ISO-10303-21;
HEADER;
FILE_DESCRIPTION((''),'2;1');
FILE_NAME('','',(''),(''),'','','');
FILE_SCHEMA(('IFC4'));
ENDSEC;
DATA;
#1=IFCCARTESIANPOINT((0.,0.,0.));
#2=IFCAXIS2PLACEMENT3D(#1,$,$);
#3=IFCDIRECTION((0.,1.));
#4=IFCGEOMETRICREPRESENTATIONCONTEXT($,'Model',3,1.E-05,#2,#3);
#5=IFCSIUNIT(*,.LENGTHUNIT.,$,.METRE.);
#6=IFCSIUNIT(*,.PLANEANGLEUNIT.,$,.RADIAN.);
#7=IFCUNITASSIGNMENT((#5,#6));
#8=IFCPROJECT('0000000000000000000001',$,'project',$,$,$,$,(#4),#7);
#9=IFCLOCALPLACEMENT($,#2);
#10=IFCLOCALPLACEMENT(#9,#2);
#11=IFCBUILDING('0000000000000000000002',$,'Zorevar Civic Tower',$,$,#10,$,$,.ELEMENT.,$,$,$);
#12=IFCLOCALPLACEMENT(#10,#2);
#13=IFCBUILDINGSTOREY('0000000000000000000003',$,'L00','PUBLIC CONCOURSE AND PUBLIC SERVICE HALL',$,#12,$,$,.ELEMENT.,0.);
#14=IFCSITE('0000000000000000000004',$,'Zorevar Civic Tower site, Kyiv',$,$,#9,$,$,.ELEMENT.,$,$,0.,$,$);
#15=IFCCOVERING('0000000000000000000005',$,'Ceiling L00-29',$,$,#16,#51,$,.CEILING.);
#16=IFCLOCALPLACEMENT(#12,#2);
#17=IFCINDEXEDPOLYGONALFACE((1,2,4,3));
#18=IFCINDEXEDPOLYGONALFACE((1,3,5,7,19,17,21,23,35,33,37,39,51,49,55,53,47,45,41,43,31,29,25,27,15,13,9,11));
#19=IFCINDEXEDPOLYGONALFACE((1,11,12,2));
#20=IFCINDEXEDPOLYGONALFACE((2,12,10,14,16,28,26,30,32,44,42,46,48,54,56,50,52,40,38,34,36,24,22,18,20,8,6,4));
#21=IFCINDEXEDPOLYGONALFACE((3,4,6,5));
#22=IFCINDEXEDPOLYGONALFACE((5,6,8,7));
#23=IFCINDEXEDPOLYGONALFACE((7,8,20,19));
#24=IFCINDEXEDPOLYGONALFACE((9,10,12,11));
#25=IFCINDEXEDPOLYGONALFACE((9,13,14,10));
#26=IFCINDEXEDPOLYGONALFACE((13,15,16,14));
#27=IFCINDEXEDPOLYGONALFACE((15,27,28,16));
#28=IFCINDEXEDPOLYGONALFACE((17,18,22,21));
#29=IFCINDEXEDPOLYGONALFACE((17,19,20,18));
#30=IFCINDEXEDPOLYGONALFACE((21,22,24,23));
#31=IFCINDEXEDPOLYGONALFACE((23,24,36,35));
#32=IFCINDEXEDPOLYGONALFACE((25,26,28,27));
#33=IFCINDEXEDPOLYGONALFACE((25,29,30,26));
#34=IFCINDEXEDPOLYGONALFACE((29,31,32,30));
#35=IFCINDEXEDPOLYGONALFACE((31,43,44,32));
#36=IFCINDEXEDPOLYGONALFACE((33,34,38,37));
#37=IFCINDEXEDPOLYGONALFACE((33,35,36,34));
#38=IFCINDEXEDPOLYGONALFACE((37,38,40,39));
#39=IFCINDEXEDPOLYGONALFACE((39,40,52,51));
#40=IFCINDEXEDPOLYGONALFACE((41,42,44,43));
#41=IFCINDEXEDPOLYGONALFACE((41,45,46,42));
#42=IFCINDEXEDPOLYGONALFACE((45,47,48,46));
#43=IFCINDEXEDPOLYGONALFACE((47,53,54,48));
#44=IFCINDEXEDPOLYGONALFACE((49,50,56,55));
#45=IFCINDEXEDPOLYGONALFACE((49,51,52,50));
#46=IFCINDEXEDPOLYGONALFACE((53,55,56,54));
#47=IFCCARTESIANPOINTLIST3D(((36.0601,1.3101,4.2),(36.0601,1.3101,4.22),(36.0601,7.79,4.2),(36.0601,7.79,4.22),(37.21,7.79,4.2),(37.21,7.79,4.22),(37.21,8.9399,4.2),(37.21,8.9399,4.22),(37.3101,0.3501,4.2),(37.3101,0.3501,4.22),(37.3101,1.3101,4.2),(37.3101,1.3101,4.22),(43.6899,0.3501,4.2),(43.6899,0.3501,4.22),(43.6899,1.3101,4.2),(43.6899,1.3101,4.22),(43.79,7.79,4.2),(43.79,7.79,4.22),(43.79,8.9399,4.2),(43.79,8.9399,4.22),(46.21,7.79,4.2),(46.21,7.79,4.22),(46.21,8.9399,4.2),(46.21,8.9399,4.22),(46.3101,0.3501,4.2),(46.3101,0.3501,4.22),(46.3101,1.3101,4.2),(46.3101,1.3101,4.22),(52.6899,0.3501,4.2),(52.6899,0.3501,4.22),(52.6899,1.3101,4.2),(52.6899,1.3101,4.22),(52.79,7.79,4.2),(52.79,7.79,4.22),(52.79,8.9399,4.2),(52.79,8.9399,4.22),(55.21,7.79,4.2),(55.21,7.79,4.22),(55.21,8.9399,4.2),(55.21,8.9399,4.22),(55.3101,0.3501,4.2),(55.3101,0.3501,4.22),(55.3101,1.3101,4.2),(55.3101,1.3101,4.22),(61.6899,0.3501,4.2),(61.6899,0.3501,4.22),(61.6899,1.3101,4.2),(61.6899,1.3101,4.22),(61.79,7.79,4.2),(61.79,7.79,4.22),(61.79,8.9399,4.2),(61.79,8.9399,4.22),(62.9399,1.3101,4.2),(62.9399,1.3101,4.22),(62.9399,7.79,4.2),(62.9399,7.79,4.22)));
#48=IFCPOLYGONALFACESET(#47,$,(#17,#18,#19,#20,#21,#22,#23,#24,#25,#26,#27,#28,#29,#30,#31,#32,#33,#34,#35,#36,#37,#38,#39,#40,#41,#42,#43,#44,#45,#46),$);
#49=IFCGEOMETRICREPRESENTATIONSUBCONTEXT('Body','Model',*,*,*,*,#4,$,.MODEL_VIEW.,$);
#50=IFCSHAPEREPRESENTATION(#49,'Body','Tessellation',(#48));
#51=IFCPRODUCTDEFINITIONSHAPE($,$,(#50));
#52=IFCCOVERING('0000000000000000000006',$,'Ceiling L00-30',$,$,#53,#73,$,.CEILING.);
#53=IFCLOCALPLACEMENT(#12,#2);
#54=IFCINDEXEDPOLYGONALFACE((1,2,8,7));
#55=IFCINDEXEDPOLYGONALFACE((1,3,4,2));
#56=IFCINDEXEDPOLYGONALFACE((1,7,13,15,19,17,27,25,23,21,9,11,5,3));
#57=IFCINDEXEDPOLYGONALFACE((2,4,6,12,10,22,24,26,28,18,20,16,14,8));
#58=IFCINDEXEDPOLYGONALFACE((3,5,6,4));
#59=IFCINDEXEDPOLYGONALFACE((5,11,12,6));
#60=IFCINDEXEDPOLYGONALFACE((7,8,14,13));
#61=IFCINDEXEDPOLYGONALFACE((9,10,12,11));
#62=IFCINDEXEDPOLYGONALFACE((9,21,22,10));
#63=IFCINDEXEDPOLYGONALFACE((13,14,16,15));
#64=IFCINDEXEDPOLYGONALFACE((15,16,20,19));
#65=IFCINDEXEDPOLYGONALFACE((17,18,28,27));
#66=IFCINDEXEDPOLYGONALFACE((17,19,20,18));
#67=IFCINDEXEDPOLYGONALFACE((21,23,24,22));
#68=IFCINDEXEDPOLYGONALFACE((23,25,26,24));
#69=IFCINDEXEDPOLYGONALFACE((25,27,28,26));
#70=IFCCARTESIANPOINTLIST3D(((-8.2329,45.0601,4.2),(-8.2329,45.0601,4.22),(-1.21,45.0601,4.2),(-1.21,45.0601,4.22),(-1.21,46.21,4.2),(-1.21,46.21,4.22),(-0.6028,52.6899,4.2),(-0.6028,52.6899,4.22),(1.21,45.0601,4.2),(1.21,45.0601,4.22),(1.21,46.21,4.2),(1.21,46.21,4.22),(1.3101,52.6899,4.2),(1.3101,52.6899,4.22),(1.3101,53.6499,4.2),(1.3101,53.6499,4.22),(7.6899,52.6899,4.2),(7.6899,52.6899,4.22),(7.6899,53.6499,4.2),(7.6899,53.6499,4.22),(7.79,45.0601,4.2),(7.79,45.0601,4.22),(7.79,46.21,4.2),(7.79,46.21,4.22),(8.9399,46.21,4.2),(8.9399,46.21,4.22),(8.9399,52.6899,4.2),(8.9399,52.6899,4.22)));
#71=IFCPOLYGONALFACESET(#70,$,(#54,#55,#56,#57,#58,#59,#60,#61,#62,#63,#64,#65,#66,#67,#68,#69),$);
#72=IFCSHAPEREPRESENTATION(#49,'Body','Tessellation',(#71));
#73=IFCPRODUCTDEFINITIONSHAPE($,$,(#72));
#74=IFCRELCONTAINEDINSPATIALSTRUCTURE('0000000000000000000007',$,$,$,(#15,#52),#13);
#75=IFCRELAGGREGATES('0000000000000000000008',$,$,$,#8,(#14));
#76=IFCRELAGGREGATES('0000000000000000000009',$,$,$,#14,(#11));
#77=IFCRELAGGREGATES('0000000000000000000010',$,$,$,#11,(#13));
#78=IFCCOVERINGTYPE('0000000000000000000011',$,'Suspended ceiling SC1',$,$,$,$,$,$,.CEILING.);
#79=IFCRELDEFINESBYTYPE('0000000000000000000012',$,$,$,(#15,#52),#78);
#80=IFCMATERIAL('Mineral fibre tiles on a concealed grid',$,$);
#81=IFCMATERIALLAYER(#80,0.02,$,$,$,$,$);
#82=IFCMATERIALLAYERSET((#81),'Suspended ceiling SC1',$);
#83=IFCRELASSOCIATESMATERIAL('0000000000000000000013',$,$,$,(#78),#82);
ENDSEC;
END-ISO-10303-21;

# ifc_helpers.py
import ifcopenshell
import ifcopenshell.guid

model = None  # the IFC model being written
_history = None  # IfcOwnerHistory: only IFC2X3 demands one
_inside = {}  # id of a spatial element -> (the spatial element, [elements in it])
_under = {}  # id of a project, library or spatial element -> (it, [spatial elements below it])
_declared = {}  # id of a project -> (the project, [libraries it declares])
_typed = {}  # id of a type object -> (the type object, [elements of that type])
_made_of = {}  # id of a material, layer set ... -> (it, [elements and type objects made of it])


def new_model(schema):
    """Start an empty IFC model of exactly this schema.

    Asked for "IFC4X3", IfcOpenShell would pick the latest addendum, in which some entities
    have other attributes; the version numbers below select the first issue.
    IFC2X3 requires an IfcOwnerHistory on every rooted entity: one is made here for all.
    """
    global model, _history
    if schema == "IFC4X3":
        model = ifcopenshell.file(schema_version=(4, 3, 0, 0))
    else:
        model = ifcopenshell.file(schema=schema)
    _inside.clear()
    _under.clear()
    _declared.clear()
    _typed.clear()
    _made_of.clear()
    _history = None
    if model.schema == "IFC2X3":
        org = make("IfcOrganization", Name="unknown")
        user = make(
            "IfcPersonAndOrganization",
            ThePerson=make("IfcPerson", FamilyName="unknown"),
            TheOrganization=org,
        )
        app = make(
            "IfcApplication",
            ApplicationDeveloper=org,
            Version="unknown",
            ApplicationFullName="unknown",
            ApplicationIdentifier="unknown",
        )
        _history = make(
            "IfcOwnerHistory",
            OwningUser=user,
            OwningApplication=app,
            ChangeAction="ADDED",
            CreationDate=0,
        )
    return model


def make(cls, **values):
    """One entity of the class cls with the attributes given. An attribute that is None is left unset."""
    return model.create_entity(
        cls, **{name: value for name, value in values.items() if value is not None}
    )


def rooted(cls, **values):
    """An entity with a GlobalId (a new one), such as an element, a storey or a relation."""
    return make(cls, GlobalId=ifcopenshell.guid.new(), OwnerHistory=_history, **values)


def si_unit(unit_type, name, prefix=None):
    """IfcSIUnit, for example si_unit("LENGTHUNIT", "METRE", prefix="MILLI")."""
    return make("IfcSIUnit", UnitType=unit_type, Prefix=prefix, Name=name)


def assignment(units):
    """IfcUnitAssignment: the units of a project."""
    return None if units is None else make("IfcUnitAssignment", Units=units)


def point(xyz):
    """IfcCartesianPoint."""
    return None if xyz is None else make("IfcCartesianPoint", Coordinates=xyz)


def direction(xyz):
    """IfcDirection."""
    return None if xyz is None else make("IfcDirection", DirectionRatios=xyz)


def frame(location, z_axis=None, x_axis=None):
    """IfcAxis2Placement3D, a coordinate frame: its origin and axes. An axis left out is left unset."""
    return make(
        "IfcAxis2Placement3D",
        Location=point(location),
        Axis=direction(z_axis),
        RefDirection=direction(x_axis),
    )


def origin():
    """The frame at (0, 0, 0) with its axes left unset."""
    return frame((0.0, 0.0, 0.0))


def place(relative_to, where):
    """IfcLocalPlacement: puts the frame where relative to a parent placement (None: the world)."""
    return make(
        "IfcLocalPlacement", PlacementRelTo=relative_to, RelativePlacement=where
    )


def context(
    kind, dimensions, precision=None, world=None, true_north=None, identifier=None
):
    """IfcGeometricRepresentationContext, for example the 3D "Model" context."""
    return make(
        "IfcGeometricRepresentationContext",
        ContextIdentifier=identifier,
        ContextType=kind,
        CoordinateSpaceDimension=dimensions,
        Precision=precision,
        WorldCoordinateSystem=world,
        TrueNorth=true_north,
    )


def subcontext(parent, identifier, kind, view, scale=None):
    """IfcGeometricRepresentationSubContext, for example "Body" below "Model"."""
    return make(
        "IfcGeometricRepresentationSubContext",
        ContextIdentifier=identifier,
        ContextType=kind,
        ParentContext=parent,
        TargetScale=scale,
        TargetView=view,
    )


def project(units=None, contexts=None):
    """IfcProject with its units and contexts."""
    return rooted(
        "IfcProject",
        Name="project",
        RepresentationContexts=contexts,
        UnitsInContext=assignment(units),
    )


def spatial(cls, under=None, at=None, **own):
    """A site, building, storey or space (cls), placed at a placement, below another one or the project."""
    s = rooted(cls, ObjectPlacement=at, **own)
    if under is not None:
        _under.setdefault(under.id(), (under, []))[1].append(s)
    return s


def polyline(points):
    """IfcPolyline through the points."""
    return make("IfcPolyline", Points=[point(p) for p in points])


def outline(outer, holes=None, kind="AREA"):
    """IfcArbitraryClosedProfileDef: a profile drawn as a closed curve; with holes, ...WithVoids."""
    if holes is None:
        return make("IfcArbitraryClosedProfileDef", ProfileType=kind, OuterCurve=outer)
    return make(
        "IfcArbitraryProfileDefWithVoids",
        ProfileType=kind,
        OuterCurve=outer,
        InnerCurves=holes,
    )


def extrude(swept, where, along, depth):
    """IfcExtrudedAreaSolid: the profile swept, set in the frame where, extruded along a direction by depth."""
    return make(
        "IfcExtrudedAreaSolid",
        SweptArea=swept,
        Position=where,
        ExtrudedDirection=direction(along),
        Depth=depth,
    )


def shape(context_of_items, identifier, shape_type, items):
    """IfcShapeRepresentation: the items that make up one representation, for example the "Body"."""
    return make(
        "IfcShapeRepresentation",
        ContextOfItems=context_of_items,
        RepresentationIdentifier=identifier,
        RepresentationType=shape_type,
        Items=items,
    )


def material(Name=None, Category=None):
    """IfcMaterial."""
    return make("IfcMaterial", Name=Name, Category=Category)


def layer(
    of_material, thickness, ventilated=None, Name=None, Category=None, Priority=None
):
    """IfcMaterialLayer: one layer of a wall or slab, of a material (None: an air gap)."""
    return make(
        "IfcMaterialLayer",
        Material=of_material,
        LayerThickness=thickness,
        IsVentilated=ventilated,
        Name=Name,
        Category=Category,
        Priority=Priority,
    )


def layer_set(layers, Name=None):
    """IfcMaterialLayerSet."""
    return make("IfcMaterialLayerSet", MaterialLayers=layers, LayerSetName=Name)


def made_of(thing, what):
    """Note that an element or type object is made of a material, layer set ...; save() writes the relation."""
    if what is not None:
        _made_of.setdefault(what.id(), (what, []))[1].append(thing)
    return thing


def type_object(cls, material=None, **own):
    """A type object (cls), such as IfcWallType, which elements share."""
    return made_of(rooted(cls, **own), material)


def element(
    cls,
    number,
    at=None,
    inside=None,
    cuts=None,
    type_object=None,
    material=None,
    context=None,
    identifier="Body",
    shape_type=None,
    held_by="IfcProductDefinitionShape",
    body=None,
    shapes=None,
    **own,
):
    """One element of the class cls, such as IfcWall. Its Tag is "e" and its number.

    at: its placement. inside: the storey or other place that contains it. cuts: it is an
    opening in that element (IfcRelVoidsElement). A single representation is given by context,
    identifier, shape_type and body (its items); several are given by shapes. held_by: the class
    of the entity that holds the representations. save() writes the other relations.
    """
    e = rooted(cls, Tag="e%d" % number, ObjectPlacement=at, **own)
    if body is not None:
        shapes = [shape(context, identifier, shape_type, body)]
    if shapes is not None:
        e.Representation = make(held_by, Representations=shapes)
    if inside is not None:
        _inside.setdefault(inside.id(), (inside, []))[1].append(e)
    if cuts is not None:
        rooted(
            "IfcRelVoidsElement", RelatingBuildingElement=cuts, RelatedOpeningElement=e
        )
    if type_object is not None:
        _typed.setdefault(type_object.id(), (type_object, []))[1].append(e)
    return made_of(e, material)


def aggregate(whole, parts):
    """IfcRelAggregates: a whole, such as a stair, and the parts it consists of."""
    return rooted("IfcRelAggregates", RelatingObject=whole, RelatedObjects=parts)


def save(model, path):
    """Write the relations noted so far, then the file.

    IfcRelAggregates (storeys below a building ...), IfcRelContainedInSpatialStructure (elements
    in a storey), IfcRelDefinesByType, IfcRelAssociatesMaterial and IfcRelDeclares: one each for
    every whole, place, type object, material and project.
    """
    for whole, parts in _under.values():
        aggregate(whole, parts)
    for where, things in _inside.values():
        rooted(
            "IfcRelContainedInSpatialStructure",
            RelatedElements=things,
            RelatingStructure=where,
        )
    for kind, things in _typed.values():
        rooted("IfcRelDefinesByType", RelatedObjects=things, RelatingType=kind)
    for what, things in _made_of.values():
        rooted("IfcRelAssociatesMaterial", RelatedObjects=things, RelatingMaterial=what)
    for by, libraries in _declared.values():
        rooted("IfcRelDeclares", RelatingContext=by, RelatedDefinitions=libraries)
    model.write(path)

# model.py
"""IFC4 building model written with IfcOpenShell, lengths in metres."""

from ifc_helpers import new_model, si_unit, direction, frame, origin, place, context, subcontext, project, spatial, polyline, outline, extrude, material, layer, layer_set, type_object, element, save


model = new_model("IFC4")

# Units and contexts
model_context = context("Model", 3, precision=1e-05, world=origin(), true_north=direction((0.0, 1.0)))
body_context = subcontext(model_context, "Body", "Model", "MODEL_VIEW")
ifc_project = project(units=[si_unit("LENGTHUNIT", "METRE"), si_unit("PLANEANGLEUNIT", "RADIAN")], contexts=[model_context])

# Site, building, storey
site_placement = place(None, origin())
site = spatial("IfcSite", under=ifc_project, at=site_placement, Name="Zorevar Civic Tower site, Kyiv", CompositionType="ELEMENT", RefElevation=0.0)
building_placement = place(site_placement, origin())
building = spatial("IfcBuilding", under=site, at=building_placement, Name="Zorevar Civic Tower", CompositionType="ELEMENT")
storey_placement = place(building_placement, origin())
storey = spatial("IfcBuildingStorey", under=building, at=storey_placement, Name="L00", Description="PUBLIC CONCOURSE AND PUBLIC SERVICE HALL", CompositionType="ELEMENT", Elevation=0.0)

# Coverings
ifc_material_1 = material(Name="Mineral fibre tiles on a concealed grid")
ifc_layer_1 = layer(ifc_material_1, 0.02)
ifc_layer_set_1 = layer_set([ifc_layer_1], Name="Suspended ceiling SC1")
covering_type_1 = type_object("IfcCoveringType", Name="Suspended ceiling SC1", PredefinedType="CEILING", material=ifc_layer_set_1)
covering_1_placement = place(storey_placement, frame((0.0, 0.0, 4.2)))
element("IfcCovering", 1, at=covering_1_placement, inside=storey, type_object=covering_type_1, Name="Ceiling L00-29", PredefinedType="CEILING", context=body_context, shape_type="SweptSolid", body=[
    extrude(outline(polyline([(62.9399, 1.3101), (61.6899, 1.3101), (61.6899, 0.3501), (55.3101, 0.3501), (55.3101, 1.3101), (52.6899, 1.3101), (52.6899, 0.3501), (46.3101, 0.3501), (46.3101, 1.3101), (43.6899, 1.3101), (43.6899, 0.3501), (37.3101, 0.3501), (37.3101, 1.3101), (36.0601, 1.3101), (36.0601, 7.79), (37.21, 7.79), (37.21, 8.9399), (43.79, 8.9399), (43.79, 7.79), (46.21, 7.79), (46.21, 8.9399), (52.79, 8.9399), (52.79, 7.79), (55.21, 7.79), (55.21, 8.9399), (61.79, 8.9399), (61.79, 7.79), (62.9399, 7.79), (62.9399, 1.3101)])), origin(), (0.0, 0.0, 1.0), 0.02),
])
covering_2_placement = place(storey_placement, frame((0.0, 0.0, 4.2)))
element("IfcCovering", 2, at=covering_2_placement, inside=storey, type_object=covering_type_1, Name="Ceiling L00-30", PredefinedType="CEILING", context=body_context, shape_type="SweptSolid", body=[
    extrude(outline(polyline([(1.3101, 52.6899), (1.3101, 53.6499), (7.6899, 53.6499), (7.6899, 52.6899), (8.9399, 52.6899), (8.9399, 46.21), (7.79, 46.21), (7.79, 45.0601), (1.21, 45.0601), (1.21, 46.21), (-1.21, 46.21), (-1.21, 45.0601), (-8.2329, 45.0601), (-0.6028, 52.6899), (1.3101, 52.6899)])), origin(), (0.0, 0.0, 1.0), 0.02),
])

save(model, "model.ifc")
